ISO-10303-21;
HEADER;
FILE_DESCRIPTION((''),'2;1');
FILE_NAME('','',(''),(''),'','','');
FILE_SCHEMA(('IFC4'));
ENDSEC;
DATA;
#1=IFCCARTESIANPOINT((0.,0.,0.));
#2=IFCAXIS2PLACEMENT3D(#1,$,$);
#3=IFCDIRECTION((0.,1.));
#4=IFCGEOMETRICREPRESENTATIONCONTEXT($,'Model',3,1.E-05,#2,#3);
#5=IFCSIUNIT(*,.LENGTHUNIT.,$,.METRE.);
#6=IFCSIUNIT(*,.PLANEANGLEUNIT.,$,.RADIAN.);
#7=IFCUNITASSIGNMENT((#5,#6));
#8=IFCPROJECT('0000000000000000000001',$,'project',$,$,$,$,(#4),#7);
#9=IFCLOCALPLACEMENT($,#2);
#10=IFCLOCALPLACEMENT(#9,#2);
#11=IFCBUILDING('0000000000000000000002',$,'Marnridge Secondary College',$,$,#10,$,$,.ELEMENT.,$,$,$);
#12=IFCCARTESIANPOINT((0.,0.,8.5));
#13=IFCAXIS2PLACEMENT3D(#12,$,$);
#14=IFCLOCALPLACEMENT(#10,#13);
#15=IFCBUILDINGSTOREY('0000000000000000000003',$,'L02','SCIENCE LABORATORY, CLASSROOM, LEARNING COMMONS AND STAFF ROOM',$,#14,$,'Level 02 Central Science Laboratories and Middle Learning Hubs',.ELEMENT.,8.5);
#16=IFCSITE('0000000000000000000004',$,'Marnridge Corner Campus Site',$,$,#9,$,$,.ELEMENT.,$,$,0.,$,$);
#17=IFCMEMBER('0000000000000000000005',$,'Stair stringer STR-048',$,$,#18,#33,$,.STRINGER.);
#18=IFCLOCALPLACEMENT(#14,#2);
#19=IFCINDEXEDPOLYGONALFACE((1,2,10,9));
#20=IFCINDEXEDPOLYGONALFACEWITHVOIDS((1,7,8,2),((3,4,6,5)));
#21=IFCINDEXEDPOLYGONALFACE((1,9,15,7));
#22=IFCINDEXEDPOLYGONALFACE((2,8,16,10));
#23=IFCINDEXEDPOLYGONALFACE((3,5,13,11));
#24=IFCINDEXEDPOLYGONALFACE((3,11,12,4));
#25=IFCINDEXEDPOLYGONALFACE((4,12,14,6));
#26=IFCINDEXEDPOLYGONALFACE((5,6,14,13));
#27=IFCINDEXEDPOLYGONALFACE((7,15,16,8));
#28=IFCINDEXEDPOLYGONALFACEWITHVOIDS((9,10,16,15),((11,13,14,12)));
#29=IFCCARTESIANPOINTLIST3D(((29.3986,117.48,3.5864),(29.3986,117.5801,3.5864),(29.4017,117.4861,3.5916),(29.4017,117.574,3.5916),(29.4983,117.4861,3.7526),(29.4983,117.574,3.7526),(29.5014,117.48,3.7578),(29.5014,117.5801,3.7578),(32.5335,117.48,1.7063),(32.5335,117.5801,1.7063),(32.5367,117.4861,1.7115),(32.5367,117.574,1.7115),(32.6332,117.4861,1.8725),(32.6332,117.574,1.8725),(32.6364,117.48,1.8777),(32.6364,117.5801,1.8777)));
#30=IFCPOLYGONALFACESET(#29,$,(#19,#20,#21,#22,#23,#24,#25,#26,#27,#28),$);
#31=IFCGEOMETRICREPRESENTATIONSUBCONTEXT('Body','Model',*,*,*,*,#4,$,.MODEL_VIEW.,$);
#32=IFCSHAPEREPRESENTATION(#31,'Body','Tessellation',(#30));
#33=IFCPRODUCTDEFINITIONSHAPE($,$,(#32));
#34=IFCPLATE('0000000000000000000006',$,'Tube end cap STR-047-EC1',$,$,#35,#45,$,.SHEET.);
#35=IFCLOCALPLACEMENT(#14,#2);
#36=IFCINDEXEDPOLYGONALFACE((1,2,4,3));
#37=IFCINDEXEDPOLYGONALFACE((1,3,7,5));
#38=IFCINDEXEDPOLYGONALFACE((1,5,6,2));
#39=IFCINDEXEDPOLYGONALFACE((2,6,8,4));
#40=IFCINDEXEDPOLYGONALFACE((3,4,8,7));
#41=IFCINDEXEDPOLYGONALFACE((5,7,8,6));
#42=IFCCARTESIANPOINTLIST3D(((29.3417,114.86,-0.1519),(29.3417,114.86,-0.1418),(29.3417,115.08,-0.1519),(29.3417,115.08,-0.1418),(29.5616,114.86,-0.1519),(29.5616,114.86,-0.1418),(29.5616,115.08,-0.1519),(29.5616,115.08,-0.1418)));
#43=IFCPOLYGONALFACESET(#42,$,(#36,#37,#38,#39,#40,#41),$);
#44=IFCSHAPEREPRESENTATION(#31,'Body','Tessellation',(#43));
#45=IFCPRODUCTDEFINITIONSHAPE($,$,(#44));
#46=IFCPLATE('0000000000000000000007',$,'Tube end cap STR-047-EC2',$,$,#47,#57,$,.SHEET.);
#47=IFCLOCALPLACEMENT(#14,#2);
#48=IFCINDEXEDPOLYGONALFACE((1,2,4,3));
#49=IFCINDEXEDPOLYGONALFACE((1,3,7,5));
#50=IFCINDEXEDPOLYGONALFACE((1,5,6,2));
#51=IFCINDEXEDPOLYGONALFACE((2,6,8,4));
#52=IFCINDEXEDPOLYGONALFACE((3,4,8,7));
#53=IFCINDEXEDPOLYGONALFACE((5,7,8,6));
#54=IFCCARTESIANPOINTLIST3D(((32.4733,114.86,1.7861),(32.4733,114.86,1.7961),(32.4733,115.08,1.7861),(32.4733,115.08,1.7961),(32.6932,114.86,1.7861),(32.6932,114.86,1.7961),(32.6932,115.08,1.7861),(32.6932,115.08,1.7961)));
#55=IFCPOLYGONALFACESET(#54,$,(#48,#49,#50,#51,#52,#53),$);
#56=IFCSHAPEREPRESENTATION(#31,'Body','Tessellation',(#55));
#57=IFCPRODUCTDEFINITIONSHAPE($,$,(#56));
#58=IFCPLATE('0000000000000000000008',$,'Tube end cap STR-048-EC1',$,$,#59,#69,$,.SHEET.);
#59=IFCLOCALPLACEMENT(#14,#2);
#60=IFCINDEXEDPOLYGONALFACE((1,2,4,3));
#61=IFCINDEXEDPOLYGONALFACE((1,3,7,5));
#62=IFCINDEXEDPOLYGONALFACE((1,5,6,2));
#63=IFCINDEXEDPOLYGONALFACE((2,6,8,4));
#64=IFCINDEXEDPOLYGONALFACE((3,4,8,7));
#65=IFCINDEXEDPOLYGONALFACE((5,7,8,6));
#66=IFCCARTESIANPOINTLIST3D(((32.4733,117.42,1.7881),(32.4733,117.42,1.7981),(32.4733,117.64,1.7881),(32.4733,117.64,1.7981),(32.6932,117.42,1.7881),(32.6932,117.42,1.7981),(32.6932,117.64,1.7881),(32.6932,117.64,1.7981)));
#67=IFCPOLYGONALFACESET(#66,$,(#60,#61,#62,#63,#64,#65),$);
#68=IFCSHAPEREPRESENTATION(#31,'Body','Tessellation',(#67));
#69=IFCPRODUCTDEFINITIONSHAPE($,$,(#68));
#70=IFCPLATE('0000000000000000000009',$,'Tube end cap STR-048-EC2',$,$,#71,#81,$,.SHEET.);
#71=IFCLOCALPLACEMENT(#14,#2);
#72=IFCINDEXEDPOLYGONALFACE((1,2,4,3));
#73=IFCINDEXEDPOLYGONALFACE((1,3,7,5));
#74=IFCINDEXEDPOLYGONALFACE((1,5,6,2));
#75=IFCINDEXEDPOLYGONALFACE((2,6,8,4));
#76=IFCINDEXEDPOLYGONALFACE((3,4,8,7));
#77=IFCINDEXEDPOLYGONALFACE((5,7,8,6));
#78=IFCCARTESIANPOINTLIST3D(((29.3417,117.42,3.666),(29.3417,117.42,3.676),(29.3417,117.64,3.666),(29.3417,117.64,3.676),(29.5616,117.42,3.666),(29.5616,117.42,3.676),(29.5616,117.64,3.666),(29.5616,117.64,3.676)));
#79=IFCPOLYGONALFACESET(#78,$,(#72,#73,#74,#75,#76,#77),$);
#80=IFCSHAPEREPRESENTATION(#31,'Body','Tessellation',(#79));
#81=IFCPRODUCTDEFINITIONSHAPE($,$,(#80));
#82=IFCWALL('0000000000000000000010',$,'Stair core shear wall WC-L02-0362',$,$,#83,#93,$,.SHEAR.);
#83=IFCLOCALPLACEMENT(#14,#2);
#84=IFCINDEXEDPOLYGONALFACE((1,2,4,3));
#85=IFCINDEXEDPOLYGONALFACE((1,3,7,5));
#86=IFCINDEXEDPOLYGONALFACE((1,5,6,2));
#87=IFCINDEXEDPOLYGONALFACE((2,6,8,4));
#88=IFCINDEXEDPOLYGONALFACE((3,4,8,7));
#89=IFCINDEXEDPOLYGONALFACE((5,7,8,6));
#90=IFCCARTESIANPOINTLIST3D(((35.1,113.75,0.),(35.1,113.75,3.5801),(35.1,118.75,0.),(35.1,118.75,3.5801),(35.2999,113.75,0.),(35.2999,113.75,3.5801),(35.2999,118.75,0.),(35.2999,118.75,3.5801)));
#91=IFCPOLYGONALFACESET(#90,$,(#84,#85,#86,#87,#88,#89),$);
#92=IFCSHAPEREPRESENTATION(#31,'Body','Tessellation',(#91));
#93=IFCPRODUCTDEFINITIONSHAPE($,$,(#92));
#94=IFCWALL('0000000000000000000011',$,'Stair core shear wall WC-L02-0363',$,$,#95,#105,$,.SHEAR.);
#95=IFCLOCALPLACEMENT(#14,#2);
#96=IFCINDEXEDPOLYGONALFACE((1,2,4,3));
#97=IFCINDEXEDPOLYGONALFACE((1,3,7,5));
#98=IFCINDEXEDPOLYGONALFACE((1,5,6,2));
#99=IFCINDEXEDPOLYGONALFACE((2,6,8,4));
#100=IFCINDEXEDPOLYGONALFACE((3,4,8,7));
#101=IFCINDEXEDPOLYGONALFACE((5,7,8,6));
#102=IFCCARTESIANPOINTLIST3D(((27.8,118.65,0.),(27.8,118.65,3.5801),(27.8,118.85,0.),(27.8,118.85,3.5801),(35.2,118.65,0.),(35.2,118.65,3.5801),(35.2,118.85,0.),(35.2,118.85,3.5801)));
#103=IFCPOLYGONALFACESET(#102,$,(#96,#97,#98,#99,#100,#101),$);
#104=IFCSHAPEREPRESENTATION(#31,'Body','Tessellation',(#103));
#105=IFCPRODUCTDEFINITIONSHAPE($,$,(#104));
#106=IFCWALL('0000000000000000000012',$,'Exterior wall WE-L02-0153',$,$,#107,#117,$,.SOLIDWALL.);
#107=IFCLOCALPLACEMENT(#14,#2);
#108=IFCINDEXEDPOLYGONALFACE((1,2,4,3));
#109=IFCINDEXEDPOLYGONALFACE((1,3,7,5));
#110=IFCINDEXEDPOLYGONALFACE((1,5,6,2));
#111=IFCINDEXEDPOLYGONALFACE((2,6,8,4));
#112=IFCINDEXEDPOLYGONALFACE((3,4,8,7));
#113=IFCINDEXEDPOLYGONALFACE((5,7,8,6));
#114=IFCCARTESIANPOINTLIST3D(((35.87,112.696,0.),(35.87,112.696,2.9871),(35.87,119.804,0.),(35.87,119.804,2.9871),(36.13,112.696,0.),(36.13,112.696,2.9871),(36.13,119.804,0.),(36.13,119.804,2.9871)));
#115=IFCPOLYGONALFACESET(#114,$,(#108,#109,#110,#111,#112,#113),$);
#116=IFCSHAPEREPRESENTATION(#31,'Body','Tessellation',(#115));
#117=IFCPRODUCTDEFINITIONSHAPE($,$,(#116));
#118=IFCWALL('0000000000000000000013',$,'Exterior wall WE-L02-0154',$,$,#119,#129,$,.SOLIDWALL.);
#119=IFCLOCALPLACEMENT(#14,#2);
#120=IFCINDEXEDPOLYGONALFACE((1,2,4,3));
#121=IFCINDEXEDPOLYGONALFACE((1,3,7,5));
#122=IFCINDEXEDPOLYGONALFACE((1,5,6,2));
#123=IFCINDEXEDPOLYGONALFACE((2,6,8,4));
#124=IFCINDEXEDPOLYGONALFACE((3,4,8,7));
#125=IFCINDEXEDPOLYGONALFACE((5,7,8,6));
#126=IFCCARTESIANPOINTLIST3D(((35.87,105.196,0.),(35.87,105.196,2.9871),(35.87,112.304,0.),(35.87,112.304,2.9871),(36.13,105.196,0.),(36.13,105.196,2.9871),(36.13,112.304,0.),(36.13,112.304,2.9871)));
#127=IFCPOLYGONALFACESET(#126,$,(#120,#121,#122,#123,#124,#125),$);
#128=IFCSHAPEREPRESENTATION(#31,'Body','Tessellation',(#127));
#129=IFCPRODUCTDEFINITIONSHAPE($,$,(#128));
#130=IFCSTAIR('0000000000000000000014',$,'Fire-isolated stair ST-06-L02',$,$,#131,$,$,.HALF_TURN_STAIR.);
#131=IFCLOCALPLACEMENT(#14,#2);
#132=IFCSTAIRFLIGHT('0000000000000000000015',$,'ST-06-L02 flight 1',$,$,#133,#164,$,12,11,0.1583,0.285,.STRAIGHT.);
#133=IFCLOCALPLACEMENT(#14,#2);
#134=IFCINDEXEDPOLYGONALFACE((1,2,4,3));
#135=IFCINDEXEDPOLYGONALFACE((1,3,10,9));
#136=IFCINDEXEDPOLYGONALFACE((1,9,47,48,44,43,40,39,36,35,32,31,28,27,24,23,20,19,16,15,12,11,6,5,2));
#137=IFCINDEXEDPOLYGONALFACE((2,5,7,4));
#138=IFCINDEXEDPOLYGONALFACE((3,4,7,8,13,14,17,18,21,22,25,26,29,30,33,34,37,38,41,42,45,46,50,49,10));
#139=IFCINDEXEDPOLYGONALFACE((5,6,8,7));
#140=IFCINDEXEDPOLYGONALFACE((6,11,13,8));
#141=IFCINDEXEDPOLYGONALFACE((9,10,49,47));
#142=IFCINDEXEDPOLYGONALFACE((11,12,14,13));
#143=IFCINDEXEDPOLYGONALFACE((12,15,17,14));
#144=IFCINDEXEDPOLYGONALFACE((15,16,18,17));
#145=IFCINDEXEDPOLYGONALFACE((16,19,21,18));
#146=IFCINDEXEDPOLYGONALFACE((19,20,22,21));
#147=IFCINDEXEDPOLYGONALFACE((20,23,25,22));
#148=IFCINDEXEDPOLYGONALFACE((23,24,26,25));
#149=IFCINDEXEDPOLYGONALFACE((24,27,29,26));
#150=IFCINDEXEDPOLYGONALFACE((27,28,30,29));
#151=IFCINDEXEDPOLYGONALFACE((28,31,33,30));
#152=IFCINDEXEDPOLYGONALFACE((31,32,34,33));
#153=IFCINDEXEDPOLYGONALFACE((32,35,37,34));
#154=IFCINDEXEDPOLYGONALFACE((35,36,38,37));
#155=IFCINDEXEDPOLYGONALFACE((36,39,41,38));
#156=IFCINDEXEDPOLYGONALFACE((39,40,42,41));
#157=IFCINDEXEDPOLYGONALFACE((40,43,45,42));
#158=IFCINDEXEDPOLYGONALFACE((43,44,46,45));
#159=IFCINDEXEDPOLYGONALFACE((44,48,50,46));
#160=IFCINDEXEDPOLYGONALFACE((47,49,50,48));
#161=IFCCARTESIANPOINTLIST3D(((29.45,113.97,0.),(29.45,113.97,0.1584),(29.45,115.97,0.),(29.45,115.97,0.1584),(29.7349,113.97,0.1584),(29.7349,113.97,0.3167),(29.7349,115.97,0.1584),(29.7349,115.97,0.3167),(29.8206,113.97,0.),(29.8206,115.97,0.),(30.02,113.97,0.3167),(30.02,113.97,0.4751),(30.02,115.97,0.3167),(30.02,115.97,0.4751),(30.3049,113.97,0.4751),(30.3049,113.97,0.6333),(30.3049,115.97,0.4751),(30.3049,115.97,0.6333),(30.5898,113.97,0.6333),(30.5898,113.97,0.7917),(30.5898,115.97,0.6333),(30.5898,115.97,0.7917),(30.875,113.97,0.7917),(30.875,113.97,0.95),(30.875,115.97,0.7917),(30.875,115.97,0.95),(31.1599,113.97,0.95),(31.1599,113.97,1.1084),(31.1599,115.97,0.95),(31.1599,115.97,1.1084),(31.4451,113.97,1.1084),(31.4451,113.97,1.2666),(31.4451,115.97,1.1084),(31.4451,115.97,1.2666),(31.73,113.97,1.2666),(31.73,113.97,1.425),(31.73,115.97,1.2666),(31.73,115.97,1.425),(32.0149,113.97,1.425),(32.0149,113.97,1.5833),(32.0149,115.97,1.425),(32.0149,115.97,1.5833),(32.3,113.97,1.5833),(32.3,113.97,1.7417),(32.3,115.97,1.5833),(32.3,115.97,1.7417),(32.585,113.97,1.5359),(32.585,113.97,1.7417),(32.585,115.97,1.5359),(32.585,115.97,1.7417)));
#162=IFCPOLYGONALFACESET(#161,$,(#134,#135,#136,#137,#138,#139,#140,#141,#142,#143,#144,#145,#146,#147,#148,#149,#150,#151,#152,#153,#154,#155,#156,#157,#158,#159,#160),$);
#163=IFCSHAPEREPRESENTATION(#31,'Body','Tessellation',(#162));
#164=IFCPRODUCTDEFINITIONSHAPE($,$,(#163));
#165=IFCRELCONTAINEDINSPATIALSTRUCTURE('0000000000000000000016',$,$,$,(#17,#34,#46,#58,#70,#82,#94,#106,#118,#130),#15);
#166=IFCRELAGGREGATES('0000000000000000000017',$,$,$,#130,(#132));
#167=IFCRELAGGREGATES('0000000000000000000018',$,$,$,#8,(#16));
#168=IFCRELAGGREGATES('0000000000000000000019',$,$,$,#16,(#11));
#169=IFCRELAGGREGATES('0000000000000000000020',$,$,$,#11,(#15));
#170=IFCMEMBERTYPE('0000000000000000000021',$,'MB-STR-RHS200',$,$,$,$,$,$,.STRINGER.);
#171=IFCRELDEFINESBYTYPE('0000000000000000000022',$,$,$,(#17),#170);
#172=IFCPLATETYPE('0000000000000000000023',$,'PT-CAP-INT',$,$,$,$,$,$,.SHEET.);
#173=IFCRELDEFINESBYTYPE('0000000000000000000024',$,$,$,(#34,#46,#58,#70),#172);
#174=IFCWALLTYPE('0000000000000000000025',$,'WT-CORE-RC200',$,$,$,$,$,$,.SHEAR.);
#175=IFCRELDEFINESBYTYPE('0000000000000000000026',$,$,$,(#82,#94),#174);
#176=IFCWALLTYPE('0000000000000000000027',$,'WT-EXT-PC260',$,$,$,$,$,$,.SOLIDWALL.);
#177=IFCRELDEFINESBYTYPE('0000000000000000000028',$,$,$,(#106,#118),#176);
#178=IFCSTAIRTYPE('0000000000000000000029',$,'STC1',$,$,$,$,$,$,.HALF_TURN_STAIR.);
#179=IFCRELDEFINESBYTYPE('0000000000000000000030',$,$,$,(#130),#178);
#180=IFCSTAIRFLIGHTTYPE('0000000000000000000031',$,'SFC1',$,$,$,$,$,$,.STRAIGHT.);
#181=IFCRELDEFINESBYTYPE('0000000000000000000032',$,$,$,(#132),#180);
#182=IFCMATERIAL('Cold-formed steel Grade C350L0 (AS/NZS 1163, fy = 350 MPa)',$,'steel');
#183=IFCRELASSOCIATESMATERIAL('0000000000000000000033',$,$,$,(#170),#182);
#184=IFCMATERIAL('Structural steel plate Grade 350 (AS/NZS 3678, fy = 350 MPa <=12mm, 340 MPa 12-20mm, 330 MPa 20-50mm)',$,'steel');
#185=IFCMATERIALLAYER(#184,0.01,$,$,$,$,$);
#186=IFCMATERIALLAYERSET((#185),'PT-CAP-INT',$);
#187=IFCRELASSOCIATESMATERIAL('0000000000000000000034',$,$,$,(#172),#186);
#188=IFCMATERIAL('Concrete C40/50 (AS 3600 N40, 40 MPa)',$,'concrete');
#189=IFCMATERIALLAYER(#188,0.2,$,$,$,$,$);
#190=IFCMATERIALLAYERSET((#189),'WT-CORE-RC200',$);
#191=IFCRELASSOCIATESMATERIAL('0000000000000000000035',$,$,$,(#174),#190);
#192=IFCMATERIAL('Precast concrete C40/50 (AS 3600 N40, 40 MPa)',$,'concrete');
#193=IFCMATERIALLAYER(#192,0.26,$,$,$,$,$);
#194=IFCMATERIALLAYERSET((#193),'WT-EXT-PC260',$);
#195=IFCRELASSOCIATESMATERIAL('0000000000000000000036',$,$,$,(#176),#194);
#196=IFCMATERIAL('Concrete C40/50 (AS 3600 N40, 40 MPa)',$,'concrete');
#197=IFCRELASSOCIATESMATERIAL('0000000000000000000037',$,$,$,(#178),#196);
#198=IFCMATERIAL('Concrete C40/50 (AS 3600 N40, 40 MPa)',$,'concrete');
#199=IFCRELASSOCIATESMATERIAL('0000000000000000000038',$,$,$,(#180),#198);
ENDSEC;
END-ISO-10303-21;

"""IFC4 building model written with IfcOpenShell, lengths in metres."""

from ifc_helpers import new_model, si_unit, direction, frame, frame_2d, origin, origin_2d, place, context, subcontext, project, spatial, polyline, rectangle, hollow_rectangle, outline, extrude, material, layer, layer_set, material_profile, profile_set, type_object, element, aggregate, save


model = new_model("IFC4")

# Units and contexts
model_context = context("Model", 3, precision=1e-05, world=origin(), true_north=direction((0.0, 1.0)))
body_context = subcontext(model_context, "Body", "Model", "MODEL_VIEW")
ifc_project = project(units=[si_unit("LENGTHUNIT", "METRE"), si_unit("PLANEANGLEUNIT", "RADIAN")], contexts=[model_context])

# Site, building, storey
site_placement = place(None, origin())
site = spatial("IfcSite", under=ifc_project, at=site_placement, Name="Marnridge Corner Campus Site", CompositionType="ELEMENT", RefElevation=0.0)
building_placement = place(site_placement, origin())
building = spatial("IfcBuilding", under=site, at=building_placement, Name="Marnridge Secondary College", CompositionType="ELEMENT")
storey_placement = place(building_placement, frame((0.0, 0.0, 8.5)))
storey = spatial("IfcBuildingStorey", under=building, at=storey_placement, Name="L02", Description="SCIENCE LABORATORY, CLASSROOM, LEARNING COMMONS AND STAFF ROOM", LongName="Level 02 Central Science Laboratories and Middle Learning Hubs", CompositionType="ELEMENT", Elevation=8.5)

# Member
ifc_material_1 = material(Name="Cold-formed steel Grade C350L0 (AS/NZS 1163, fy = 350 MPa)", Category="steel")
ifc_material_profile_1 = material_profile(ifc_material_1, hollow_rectangle(XDim=0.1001, YDim=0.2, WallThickness=0.0061, at=origin_2d()), Name="200x100x6.0RHS")
ifc_profile_set_1 = profile_set([ifc_material_profile_1], Name="Cold-formed steel Grade C350L0 (AS/NZS 1163, fy = 350 MPa)")
member_type = type_object("IfcMemberType", Name="MB-STR-RHS200", PredefinedType="STRINGER", material=ifc_profile_set_1)
member_1_placement = place(storey_placement, frame((32.585, 117.53, 1.792), z_axis=(-0.857599, 0.0, 0.514319), x_axis=(0.0, -1.0, 0.0)))
element("IfcMember", 1, at=member_1_placement, inside=storey, type_object=member_type, Name="Stair stringer STR-048", PredefinedType="STRINGER", context=body_context, shape_type="SweptSolid", body=[
    extrude(hollow_rectangle(XDim=0.1001, YDim=0.2, WallThickness=0.0061, at=origin_2d()), origin(), (0.0, 0.0, 1.0), 3.6555),
])

# Plates
ifc_material_2 = material(Name="Structural steel plate Grade 350 (AS/NZS 3678, fy = 350 MPa <=12mm, 340 MPa 12-20mm, 330 MPa 20-50mm)", Category="steel")
ifc_layer_1 = layer(ifc_material_2, 0.01)
ifc_layer_set_1 = layer_set([ifc_layer_1], Name="PT-CAP-INT")
plate_type = type_object("IfcPlateType", Name="PT-CAP-INT", PredefinedType="SHEET", material=ifc_layer_set_1)
for number, where, z_axis, x_axis, name in (
    (2, (29.4517, 114.97, -0.1519), (0.0, 0.0, 1.0), (1.0, 0.0, 0.0), "Tube end cap STR-047-EC1"),
    (3, (32.5833, 114.97, 1.7861), (0.0, 0.0, 1.0), (1.0, 0.0, 0.0), "Tube end cap STR-047-EC2"),
    (4, (32.5833, 117.53, 1.7881), (0.0, 0.0, 1.0), (-1.0, 0.0, 0.0), "Tube end cap STR-048-EC1"),
    (5, (29.4517, 117.53, 3.666), (0.0, 0.0, 1.0), (-1.0, 0.0, 0.0), "Tube end cap STR-048-EC2"),
):
    element("IfcPlate", number, at=place(storey_placement, frame(where, z_axis=z_axis, x_axis=x_axis)), inside=storey, type_object=plate_type, Name=name, PredefinedType="SHEET", context=body_context, shape_type="SweptSolid", body=[
        extrude(rectangle(XDim=0.22, YDim=0.22, at=origin_2d()), origin(), (0.0, 0.0, 1.0), 0.01),
    ])

# Walls
ifc_material_3 = material(Name="Concrete C40/50 (AS 3600 N40, 40 MPa)", Category="concrete")
ifc_layer_2 = layer(ifc_material_3, 0.2)
ifc_layer_set_2 = layer_set([ifc_layer_2], Name="WT-CORE-RC200")
wall_type_1 = type_object("IfcWallType", Name="WT-CORE-RC200", PredefinedType="SHEAR", material=ifc_layer_set_2)
wall_1_placement = place(storey_placement, frame((35.2, 113.75, 0.0), z_axis=(0.0, 0.0, 1.0), x_axis=(0.0, 1.0, 0.0)))
element("IfcWall", 6, at=wall_1_placement, inside=storey, type_object=wall_type_1, Name="Stair core shear wall WC-L02-0362", PredefinedType="SHEAR", context=body_context, shape_type="SweptSolid", body=[
    extrude(rectangle(XDim=5.0, YDim=0.2, at=frame_2d((2.5, 0.0))), origin(), (0.0, 0.0, 1.0), 3.5801),
])
wall_2_placement = place(storey_placement, frame((35.2, 118.75, 0.0), z_axis=(0.0, 0.0, 1.0), x_axis=(-1.0, 0.0, 0.0)))
element("IfcWall", 7, at=wall_2_placement, inside=storey, type_object=wall_type_1, Name="Stair core shear wall WC-L02-0363", PredefinedType="SHEAR", context=body_context, shape_type="SweptSolid", body=[
    extrude(rectangle(XDim=7.3999, YDim=0.2, at=frame_2d((3.7, 0.0))), origin(), (0.0, 0.0, 1.0), 3.5801),
])
ifc_material_4 = material(Name="Precast concrete C40/50 (AS 3600 N40, 40 MPa)", Category="concrete")
ifc_layer_3 = layer(ifc_material_4, 0.26)
ifc_layer_set_3 = layer_set([ifc_layer_3], Name="WT-EXT-PC260")
wall_type_2 = type_object("IfcWallType", Name="WT-EXT-PC260", PredefinedType="SOLIDWALL", material=ifc_layer_set_3)
for number, where, z_axis, x_axis, name in (
    (8, (36.0, 119.804, 0.0), (0.0, 0.0, 1.0), (0.0, -1.0, 0.0), "Exterior wall WE-L02-0153"),
    (9, (36.0, 112.304, 0.0), (0.0, 0.0, 1.0), (0.0, -1.0, 0.0), "Exterior wall WE-L02-0154"),
):
    element("IfcWall", number, at=place(storey_placement, frame(where, z_axis=z_axis, x_axis=x_axis)), inside=storey, type_object=wall_type_2, Name=name, PredefinedType="SOLIDWALL", context=body_context, shape_type="SweptSolid", body=[
        extrude(rectangle(XDim=7.1079, YDim=0.26, at=frame_2d((3.554, 0.0))), origin(), (0.0, 0.0, 1.0), 2.9871),
    ])

# Stair, stair flight
ifc_material_5 = material(Name="Concrete C40/50 (AS 3600 N40, 40 MPa)", Category="concrete")
stair_type = type_object("IfcStairType", Name="STC1", PredefinedType="HALF_TURN_STAIR", material=ifc_material_5)
stair_placement = place(storey_placement, origin())
stair = element("IfcStair", 10, at=stair_placement, inside=storey, type_object=stair_type, Name="Fire-isolated stair ST-06-L02", PredefinedType="HALF_TURN_STAIR")
ifc_material_6 = material(Name="Concrete C40/50 (AS 3600 N40, 40 MPa)", Category="concrete")
stair_flight_type = type_object("IfcStairFlightType", Name="SFC1", PredefinedType="STRAIGHT", material=ifc_material_6)
stair_flight_1_placement = place(storey_placement, frame((29.45, 114.97, 0.0), z_axis=(0.0, 0.0, 1.0), x_axis=(1.0, 0.0, 0.0)))
stair_flight_1 = element("IfcStairFlight", 11, at=stair_flight_1_placement, type_object=stair_flight_type, Name="ST-06-L02 flight 1", NumberOfRisers=12, NumberOfTreads=11, PredefinedType="STRAIGHT", RiserHeight=0.1583, TreadLength=0.285, context=body_context, shape_type="SweptSolid", body=[
    extrude(outline(polyline([(0.0, 0.0), (0.0, 0.1584), (0.2849, 0.1584), (0.2849, 0.3167), (0.5701, 0.3167), (0.5701, 0.4751), (0.855, 0.4751), (0.855, 0.6333), (1.1399, 0.6333), (1.1399, 0.7917), (1.425, 0.7917), (1.425, 0.95), (1.71, 0.95), (1.71, 1.1084), (1.9951, 1.1084), (1.9951, 1.2666), (2.28, 1.2666), (2.28, 1.425), (2.5649, 1.425), (2.5649, 1.5833), (2.8501, 1.5833), (2.8501, 1.7417), (3.135, 1.7417), (3.135, 1.8999), (3.135, 1.5359), (0.3706, 0.0), (0.0, 0.0)])), frame((0.0, 1.0, 0.0), z_axis=(0.0, -1.0, 0.0), x_axis=(1.0, 0.0, 0.0)), (0.0, 0.0, 1.0), 2.0),
])
aggregate(stair, [stair_flight_1])

save(model, "model.ifc")
